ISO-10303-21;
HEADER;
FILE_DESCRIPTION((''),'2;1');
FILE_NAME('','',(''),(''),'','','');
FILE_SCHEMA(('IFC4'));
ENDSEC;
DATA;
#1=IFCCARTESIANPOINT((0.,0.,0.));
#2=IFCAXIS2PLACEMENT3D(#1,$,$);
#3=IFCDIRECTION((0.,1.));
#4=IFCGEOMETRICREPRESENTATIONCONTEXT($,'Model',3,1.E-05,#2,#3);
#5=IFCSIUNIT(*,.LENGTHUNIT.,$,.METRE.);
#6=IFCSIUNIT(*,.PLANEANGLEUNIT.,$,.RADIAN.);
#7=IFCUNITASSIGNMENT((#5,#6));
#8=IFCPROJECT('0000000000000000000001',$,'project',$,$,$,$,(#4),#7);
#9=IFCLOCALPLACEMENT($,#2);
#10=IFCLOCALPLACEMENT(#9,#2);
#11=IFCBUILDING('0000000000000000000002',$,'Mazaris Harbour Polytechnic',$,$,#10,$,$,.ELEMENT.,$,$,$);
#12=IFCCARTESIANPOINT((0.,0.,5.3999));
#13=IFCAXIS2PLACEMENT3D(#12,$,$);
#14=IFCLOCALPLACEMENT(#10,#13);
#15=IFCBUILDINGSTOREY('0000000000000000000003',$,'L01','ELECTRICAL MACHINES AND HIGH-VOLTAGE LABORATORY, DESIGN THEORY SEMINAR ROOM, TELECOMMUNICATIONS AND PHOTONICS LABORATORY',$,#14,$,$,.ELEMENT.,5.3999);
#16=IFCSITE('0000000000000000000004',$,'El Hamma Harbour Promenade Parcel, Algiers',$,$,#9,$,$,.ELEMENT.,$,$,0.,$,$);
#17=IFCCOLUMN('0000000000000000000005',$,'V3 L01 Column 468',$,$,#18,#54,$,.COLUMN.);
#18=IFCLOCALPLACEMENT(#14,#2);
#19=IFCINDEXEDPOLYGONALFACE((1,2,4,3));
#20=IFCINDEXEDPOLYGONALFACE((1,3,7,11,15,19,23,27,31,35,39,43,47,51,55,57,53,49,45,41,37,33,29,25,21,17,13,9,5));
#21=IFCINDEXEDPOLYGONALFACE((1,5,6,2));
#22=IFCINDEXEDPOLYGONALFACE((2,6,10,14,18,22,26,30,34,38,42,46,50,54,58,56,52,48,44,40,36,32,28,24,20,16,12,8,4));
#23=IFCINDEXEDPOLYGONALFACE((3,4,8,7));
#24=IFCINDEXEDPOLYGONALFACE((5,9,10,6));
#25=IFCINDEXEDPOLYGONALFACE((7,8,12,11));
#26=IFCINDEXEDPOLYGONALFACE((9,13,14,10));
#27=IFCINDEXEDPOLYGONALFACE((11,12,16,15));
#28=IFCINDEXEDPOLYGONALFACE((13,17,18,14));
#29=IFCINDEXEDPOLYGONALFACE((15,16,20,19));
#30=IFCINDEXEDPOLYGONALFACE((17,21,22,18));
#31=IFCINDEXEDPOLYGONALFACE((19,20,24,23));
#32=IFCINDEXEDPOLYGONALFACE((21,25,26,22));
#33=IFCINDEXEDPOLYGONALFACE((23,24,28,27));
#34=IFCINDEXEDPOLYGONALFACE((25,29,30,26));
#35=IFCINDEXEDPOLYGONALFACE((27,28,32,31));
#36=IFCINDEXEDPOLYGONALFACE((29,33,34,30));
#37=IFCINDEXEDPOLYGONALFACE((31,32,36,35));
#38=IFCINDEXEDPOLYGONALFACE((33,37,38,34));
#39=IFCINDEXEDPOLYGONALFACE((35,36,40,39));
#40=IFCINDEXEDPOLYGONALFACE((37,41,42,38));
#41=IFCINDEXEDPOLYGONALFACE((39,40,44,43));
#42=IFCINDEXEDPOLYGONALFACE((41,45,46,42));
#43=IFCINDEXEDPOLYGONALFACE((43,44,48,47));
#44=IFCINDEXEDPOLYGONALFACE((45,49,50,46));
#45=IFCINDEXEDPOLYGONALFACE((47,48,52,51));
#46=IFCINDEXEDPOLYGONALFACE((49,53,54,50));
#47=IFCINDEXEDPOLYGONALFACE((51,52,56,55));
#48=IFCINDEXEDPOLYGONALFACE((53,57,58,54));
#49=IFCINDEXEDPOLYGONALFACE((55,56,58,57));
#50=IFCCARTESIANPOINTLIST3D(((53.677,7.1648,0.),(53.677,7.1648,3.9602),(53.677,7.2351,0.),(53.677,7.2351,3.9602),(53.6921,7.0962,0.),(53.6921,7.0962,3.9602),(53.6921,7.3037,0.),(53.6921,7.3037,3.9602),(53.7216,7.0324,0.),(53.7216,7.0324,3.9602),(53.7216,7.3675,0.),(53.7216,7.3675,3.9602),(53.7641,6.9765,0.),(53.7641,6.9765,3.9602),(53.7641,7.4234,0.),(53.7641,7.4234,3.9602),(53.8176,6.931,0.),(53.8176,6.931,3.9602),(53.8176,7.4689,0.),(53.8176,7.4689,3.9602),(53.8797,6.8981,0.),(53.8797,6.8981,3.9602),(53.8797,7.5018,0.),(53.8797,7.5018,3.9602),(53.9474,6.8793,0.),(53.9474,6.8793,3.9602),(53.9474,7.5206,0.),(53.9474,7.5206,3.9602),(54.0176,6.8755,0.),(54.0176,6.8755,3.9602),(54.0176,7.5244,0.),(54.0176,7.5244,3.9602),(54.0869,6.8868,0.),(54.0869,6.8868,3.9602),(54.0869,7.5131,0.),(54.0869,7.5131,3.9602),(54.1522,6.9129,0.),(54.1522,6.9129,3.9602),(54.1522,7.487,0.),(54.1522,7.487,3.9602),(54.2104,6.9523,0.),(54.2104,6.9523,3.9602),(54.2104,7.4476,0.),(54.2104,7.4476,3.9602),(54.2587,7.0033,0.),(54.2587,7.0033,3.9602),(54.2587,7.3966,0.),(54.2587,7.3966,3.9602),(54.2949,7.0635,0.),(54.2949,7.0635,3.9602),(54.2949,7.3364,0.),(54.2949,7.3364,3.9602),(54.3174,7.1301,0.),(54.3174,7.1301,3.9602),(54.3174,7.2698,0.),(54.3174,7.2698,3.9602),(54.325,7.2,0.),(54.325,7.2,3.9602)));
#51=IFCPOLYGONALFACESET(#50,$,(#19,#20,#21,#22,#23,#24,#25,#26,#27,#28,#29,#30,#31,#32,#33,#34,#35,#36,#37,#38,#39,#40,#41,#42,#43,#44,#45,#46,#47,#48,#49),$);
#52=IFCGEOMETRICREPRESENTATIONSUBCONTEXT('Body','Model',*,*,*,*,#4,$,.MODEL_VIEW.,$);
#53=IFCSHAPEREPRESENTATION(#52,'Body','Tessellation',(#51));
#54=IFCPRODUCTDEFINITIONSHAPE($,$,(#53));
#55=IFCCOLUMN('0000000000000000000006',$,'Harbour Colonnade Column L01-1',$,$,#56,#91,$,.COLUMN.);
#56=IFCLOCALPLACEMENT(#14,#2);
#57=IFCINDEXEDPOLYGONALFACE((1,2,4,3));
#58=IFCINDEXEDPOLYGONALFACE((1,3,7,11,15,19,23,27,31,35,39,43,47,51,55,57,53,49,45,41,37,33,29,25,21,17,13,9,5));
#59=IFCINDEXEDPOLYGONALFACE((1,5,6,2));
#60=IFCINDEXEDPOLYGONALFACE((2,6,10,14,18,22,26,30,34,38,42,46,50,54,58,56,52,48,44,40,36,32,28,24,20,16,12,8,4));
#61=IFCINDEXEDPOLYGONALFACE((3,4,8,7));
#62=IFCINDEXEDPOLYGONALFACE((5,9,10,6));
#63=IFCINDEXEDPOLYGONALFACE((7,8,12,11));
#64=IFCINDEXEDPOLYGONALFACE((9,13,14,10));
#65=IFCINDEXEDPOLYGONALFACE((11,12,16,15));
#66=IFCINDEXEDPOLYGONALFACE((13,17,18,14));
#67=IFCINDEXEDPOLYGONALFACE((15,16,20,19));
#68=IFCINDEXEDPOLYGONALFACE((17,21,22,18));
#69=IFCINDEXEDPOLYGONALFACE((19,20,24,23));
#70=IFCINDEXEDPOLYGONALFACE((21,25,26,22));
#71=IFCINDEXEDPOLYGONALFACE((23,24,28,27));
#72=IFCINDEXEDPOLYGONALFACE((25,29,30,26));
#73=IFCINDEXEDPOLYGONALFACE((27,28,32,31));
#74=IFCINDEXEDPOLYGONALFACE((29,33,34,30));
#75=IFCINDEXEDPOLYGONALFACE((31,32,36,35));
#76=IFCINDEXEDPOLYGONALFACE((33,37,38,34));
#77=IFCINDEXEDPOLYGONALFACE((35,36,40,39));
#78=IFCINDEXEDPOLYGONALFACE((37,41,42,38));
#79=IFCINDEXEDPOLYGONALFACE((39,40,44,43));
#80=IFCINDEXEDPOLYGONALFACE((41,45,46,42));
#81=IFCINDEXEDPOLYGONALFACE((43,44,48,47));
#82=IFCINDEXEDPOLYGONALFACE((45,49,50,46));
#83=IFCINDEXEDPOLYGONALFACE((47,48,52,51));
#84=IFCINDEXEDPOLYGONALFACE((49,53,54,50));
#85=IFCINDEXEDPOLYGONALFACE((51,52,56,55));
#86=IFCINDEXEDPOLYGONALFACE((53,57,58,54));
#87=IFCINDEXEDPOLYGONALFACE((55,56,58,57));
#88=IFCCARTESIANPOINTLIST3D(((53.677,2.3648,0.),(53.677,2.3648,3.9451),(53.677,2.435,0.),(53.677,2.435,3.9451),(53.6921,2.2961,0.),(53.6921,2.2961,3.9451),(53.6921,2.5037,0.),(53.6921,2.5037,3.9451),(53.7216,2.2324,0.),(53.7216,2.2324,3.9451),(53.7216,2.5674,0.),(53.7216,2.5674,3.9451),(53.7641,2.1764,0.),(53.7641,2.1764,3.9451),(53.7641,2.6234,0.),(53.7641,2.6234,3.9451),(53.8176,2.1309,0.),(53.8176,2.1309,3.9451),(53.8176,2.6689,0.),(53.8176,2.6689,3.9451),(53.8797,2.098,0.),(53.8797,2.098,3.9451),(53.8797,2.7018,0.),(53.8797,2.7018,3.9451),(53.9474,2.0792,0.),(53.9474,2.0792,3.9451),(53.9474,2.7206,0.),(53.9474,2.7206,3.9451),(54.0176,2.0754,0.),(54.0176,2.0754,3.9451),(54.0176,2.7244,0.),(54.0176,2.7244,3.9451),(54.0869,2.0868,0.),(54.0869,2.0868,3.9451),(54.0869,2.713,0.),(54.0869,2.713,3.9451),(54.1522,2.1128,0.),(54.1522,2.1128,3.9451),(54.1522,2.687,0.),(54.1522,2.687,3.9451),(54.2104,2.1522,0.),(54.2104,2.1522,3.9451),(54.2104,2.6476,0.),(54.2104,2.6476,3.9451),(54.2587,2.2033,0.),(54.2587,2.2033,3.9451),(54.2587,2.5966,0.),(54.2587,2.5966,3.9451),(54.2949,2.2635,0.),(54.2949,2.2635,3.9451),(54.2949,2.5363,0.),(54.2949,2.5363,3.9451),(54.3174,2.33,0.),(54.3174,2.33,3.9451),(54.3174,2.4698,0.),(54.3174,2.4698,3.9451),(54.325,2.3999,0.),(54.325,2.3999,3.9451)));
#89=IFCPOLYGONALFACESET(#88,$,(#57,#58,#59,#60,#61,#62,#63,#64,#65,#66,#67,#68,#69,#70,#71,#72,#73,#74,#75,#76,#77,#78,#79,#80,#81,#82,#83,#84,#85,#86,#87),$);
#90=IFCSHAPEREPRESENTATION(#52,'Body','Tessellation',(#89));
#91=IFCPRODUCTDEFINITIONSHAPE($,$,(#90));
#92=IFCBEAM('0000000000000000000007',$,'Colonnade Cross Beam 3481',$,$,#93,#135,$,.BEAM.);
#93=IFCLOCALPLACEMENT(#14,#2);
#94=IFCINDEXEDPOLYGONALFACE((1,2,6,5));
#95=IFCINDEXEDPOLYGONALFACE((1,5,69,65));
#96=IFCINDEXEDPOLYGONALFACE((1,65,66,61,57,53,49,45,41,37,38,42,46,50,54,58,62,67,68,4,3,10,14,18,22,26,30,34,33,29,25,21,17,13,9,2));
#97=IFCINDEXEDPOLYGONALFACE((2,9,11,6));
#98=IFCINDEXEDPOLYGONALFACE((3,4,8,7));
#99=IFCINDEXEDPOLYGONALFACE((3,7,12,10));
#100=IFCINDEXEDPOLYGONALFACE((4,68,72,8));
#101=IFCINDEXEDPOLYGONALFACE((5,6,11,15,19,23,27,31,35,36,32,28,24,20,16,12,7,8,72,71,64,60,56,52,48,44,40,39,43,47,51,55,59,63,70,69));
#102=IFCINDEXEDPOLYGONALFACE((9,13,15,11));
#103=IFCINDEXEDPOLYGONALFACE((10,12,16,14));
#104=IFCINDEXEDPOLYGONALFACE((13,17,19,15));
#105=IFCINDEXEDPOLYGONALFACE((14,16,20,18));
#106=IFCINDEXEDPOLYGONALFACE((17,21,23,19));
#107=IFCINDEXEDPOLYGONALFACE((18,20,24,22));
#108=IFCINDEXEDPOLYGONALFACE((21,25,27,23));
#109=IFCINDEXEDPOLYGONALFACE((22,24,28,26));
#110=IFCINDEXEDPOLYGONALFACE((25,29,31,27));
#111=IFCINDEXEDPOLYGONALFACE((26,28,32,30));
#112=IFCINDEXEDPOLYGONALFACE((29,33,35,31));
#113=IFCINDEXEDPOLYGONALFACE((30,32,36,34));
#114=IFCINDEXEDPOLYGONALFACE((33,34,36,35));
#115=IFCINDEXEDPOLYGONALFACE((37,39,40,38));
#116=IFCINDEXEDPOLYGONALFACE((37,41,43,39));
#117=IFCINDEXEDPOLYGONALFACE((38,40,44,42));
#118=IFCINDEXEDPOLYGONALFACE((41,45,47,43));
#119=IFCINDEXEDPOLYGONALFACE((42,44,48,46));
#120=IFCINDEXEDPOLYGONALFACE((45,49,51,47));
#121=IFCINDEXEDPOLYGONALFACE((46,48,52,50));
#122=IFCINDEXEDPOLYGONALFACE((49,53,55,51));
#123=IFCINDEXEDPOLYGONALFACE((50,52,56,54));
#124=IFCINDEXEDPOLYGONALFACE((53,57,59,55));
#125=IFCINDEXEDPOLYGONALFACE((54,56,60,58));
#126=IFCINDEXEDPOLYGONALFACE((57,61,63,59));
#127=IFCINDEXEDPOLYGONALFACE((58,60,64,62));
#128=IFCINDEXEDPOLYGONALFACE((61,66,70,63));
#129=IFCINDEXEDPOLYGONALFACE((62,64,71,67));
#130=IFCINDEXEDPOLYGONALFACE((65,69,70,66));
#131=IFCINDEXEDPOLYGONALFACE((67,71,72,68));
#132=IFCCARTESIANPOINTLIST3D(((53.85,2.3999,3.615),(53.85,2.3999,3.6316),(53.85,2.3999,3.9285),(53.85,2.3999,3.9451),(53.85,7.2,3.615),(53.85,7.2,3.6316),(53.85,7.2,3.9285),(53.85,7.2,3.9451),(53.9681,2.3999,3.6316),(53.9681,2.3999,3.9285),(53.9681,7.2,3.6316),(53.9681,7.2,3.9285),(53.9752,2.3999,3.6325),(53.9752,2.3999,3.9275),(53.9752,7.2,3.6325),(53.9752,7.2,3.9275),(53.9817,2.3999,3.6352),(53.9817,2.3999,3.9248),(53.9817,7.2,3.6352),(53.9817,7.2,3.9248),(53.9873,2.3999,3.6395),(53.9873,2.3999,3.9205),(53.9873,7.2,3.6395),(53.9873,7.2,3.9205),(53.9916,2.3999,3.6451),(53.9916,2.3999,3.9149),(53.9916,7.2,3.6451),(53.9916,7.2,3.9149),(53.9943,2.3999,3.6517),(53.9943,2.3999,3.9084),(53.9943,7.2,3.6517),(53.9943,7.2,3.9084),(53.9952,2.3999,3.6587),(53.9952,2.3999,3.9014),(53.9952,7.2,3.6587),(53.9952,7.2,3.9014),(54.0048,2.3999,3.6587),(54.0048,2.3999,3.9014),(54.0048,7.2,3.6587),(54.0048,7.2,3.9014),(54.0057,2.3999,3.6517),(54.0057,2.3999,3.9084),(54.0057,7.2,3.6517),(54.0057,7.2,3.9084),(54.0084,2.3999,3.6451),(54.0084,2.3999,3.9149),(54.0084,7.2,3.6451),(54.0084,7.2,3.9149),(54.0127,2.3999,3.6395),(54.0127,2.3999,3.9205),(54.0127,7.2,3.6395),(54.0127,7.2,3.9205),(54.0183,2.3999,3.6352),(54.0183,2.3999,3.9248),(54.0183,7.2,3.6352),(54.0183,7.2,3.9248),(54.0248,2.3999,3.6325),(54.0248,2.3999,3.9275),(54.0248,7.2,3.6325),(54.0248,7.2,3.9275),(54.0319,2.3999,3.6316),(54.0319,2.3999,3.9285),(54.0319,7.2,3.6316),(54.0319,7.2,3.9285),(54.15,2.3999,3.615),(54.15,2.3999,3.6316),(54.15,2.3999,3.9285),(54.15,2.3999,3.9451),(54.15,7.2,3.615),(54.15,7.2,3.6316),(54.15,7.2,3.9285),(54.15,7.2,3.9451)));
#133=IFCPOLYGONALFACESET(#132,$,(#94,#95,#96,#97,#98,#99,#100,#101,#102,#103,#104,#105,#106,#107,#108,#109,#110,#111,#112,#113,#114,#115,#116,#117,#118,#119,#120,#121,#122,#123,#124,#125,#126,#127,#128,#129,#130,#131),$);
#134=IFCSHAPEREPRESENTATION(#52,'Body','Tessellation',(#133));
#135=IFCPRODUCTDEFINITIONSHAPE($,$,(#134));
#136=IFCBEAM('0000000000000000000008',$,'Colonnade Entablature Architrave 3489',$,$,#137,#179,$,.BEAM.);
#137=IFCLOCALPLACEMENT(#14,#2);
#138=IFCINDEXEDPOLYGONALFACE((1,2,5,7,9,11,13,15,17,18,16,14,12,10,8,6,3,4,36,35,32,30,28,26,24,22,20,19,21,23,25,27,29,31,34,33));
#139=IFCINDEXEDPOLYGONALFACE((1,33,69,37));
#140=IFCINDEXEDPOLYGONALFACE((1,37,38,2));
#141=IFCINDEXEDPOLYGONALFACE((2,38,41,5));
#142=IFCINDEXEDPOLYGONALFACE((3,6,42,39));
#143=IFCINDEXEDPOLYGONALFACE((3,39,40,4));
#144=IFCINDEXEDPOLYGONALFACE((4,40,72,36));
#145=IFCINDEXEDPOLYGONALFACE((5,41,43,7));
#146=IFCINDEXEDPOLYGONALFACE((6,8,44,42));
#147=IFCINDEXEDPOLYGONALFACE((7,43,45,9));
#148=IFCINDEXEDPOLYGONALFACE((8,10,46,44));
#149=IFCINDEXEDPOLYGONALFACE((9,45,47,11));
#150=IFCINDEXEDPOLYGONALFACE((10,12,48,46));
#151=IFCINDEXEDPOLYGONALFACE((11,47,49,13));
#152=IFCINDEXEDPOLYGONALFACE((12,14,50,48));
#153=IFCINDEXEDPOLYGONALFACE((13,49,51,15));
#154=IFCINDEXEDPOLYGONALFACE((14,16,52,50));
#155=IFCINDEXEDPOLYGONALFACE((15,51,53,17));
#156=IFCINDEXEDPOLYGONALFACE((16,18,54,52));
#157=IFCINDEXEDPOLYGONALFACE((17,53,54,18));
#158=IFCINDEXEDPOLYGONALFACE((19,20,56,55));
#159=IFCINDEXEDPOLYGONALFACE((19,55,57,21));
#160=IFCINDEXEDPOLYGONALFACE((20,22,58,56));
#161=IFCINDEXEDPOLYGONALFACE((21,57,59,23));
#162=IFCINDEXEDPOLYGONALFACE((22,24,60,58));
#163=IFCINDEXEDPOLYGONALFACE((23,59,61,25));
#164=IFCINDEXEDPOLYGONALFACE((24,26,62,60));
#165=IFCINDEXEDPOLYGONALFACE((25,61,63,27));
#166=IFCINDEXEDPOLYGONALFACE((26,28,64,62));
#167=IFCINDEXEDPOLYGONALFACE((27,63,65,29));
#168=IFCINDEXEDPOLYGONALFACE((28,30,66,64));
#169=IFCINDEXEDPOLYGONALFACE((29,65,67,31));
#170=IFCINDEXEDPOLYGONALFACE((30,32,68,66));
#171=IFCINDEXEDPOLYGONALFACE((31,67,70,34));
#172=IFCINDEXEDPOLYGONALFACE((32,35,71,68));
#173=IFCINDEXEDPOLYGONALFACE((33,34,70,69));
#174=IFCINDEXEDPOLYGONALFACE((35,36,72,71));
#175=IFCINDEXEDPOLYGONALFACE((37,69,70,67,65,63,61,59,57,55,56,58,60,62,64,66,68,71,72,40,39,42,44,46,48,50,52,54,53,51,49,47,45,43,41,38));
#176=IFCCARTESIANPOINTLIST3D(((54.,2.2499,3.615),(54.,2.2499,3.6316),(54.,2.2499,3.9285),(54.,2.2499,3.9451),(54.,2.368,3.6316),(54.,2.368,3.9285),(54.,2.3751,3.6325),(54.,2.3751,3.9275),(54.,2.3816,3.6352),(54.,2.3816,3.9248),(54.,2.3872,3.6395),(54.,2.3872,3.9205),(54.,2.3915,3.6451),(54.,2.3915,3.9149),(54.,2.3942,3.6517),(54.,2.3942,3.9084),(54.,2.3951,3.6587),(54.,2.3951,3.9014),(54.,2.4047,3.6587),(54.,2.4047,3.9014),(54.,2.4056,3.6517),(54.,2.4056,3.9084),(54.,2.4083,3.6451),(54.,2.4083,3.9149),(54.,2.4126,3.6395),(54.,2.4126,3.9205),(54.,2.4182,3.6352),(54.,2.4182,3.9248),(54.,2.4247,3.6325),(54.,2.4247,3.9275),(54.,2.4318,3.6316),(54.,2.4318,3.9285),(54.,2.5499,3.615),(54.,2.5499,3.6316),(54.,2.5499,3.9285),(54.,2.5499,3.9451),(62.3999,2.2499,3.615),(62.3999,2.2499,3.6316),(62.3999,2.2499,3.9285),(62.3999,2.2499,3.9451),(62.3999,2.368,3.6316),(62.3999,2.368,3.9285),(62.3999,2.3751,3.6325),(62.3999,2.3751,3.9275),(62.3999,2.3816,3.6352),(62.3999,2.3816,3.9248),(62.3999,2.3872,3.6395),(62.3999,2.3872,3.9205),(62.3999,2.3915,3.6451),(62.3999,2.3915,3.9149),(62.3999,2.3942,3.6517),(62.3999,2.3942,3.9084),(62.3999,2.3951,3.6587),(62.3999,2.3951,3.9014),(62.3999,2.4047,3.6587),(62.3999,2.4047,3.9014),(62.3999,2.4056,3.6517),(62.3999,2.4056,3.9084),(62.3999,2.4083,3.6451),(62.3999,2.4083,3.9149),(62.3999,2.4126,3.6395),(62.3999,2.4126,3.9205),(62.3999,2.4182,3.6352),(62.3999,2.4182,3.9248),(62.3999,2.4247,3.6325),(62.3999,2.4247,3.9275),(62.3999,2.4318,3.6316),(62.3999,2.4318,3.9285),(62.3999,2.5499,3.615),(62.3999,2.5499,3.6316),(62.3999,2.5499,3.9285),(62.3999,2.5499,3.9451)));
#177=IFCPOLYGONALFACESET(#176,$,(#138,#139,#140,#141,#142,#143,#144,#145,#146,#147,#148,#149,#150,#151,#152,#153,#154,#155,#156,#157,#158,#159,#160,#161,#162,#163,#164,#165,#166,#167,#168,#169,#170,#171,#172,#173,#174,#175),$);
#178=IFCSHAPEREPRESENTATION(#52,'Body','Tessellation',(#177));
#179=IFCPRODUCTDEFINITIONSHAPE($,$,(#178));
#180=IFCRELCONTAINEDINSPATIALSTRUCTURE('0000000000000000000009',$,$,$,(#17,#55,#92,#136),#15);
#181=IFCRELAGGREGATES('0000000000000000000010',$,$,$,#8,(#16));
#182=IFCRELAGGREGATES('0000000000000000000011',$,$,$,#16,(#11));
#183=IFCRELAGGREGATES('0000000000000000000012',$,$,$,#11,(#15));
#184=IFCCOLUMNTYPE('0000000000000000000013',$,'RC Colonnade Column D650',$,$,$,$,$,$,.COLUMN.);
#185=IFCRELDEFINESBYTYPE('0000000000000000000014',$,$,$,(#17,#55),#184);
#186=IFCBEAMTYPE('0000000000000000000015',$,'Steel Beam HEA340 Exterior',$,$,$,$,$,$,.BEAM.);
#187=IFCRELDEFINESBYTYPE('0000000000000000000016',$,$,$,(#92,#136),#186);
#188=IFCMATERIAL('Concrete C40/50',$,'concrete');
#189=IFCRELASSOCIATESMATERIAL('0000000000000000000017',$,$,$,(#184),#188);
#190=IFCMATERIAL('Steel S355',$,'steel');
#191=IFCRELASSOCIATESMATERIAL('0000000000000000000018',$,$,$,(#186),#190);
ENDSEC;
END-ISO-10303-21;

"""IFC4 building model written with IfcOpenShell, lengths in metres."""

from ifc_helpers import new_model, si_unit, direction, frame, origin, origin_2d, place, context, subcontext, project, spatial, circle, i_section, extrude, material, material_profile, profile_set, type_object, element, save


model = new_model("IFC4")

# Units and contexts
model_context = context("Model", 3, precision=1e-05, world=origin(), true_north=direction((0.0, 1.0)))
body_context = subcontext(model_context, "Body", "Model", "MODEL_VIEW")
ifc_project = project(units=[si_unit("LENGTHUNIT", "METRE"), si_unit("PLANEANGLEUNIT", "RADIAN")], contexts=[model_context])

# Site, building, storey
site_placement = place(None, origin())
site = spatial("IfcSite", under=ifc_project, at=site_placement, Name="El Hamma Harbour Promenade Parcel, Algiers", CompositionType="ELEMENT", RefElevation=0.0)
building_placement = place(site_placement, origin())
building = spatial("IfcBuilding", under=site, at=building_placement, Name="Mazaris Harbour Polytechnic", CompositionType="ELEMENT")
storey_placement = place(building_placement, frame((0.0, 0.0, 5.3999)))
storey = spatial("IfcBuildingStorey", under=building, at=storey_placement, Name="L01", Description="ELECTRICAL MACHINES AND HIGH-VOLTAGE LABORATORY, DESIGN THEORY SEMINAR ROOM, TELECOMMUNICATIONS AND PHOTONICS LABORATORY", CompositionType="ELEMENT", Elevation=5.3999)

# Columns
ifc_material_1 = material(Name="Concrete C40/50", Category="concrete")
ifc_material_profile_1 = material_profile(ifc_material_1, circle(Radius=0.325, at=origin_2d()), Name="DIA650")
ifc_profile_set_1 = profile_set([ifc_material_profile_1], Name="Concrete C40/50")
column_type = type_object("IfcColumnType", Name="RC Colonnade Column D650", PredefinedType="COLUMN", material=ifc_profile_set_1)
column_1_placement = place(storey_placement, frame((54.0, 7.2, 0.0), z_axis=(0.0, 0.0, 1.0), x_axis=(1.0, 0.0, 0.0)))
element("IfcColumn", 1, at=column_1_placement, inside=storey, type_object=column_type, Name="V3 L01 Column 468", PredefinedType="COLUMN", context=body_context, shape_type="SweptSolid", body=[
    extrude(circle(Radius=0.325, at=origin_2d()), origin(), (0.0, 0.0, 1.0), 3.9602),
])
column_2_placement = place(storey_placement, frame((54.0, 2.3999, 0.0), z_axis=(0.0, 0.0, 1.0), x_axis=(1.0, 0.0, 0.0)))
element("IfcColumn", 2, at=column_2_placement, inside=storey, type_object=column_type, Name="Harbour Colonnade Column L01-1", PredefinedType="COLUMN", context=body_context, shape_type="SweptSolid", body=[
    extrude(circle(Radius=0.325, at=origin_2d()), origin(), (0.0, 0.0, 1.0), 3.9451),
])

# Beams
ifc_material_2 = material(Name="Steel S355", Category="steel")
ifc_material_profile_2 = material_profile(ifc_material_2, i_section(OverallWidth=0.3, OverallDepth=0.3301, WebThickness=0.0095, FlangeThickness=0.0166, FilletRadius=0.0271, at=origin_2d()), Name="HEA 340")
ifc_profile_set_2 = profile_set([ifc_material_profile_2], Name="Steel S355")
beam_type = type_object("IfcBeamType", Name="Steel Beam HEA340 Exterior", PredefinedType="BEAM", material=ifc_profile_set_2)
beam_1_placement = place(storey_placement, frame((54.0, 2.3999, 3.78), z_axis=(0.0, 1.0, 0.0), x_axis=(-1.0, 0.0, 0.0)))
element("IfcBeam", 3, at=beam_1_placement, inside=storey, type_object=beam_type, Name="Colonnade Cross Beam 3481", PredefinedType="BEAM", context=body_context, shape_type="SweptSolid", body=[
    extrude(i_section(OverallWidth=0.3, OverallDepth=0.3301, WebThickness=0.0095, FlangeThickness=0.0166, FilletRadius=0.0271, at=origin_2d()), origin(), (0.0, 0.0, 1.0), 4.8),
])
beam_2_placement = place(storey_placement, frame((54.0, 2.3999, 3.78), z_axis=(1.0, 0.0, 0.0), x_axis=(0.0, 1.0, 0.0)))
element("IfcBeam", 4, at=beam_2_placement, inside=storey, type_object=beam_type, Name="Colonnade Entablature Architrave 3489", PredefinedType="BEAM", context=body_context, shape_type="SweptSolid", body=[
    extrude(i_section(OverallWidth=0.3, OverallDepth=0.3301, WebThickness=0.0095, FlangeThickness=0.0166, FilletRadius=0.0271, at=origin_2d()), origin(), (0.0, 0.0, 1.0), 8.3999),
])

save(model, "model.ifc")
